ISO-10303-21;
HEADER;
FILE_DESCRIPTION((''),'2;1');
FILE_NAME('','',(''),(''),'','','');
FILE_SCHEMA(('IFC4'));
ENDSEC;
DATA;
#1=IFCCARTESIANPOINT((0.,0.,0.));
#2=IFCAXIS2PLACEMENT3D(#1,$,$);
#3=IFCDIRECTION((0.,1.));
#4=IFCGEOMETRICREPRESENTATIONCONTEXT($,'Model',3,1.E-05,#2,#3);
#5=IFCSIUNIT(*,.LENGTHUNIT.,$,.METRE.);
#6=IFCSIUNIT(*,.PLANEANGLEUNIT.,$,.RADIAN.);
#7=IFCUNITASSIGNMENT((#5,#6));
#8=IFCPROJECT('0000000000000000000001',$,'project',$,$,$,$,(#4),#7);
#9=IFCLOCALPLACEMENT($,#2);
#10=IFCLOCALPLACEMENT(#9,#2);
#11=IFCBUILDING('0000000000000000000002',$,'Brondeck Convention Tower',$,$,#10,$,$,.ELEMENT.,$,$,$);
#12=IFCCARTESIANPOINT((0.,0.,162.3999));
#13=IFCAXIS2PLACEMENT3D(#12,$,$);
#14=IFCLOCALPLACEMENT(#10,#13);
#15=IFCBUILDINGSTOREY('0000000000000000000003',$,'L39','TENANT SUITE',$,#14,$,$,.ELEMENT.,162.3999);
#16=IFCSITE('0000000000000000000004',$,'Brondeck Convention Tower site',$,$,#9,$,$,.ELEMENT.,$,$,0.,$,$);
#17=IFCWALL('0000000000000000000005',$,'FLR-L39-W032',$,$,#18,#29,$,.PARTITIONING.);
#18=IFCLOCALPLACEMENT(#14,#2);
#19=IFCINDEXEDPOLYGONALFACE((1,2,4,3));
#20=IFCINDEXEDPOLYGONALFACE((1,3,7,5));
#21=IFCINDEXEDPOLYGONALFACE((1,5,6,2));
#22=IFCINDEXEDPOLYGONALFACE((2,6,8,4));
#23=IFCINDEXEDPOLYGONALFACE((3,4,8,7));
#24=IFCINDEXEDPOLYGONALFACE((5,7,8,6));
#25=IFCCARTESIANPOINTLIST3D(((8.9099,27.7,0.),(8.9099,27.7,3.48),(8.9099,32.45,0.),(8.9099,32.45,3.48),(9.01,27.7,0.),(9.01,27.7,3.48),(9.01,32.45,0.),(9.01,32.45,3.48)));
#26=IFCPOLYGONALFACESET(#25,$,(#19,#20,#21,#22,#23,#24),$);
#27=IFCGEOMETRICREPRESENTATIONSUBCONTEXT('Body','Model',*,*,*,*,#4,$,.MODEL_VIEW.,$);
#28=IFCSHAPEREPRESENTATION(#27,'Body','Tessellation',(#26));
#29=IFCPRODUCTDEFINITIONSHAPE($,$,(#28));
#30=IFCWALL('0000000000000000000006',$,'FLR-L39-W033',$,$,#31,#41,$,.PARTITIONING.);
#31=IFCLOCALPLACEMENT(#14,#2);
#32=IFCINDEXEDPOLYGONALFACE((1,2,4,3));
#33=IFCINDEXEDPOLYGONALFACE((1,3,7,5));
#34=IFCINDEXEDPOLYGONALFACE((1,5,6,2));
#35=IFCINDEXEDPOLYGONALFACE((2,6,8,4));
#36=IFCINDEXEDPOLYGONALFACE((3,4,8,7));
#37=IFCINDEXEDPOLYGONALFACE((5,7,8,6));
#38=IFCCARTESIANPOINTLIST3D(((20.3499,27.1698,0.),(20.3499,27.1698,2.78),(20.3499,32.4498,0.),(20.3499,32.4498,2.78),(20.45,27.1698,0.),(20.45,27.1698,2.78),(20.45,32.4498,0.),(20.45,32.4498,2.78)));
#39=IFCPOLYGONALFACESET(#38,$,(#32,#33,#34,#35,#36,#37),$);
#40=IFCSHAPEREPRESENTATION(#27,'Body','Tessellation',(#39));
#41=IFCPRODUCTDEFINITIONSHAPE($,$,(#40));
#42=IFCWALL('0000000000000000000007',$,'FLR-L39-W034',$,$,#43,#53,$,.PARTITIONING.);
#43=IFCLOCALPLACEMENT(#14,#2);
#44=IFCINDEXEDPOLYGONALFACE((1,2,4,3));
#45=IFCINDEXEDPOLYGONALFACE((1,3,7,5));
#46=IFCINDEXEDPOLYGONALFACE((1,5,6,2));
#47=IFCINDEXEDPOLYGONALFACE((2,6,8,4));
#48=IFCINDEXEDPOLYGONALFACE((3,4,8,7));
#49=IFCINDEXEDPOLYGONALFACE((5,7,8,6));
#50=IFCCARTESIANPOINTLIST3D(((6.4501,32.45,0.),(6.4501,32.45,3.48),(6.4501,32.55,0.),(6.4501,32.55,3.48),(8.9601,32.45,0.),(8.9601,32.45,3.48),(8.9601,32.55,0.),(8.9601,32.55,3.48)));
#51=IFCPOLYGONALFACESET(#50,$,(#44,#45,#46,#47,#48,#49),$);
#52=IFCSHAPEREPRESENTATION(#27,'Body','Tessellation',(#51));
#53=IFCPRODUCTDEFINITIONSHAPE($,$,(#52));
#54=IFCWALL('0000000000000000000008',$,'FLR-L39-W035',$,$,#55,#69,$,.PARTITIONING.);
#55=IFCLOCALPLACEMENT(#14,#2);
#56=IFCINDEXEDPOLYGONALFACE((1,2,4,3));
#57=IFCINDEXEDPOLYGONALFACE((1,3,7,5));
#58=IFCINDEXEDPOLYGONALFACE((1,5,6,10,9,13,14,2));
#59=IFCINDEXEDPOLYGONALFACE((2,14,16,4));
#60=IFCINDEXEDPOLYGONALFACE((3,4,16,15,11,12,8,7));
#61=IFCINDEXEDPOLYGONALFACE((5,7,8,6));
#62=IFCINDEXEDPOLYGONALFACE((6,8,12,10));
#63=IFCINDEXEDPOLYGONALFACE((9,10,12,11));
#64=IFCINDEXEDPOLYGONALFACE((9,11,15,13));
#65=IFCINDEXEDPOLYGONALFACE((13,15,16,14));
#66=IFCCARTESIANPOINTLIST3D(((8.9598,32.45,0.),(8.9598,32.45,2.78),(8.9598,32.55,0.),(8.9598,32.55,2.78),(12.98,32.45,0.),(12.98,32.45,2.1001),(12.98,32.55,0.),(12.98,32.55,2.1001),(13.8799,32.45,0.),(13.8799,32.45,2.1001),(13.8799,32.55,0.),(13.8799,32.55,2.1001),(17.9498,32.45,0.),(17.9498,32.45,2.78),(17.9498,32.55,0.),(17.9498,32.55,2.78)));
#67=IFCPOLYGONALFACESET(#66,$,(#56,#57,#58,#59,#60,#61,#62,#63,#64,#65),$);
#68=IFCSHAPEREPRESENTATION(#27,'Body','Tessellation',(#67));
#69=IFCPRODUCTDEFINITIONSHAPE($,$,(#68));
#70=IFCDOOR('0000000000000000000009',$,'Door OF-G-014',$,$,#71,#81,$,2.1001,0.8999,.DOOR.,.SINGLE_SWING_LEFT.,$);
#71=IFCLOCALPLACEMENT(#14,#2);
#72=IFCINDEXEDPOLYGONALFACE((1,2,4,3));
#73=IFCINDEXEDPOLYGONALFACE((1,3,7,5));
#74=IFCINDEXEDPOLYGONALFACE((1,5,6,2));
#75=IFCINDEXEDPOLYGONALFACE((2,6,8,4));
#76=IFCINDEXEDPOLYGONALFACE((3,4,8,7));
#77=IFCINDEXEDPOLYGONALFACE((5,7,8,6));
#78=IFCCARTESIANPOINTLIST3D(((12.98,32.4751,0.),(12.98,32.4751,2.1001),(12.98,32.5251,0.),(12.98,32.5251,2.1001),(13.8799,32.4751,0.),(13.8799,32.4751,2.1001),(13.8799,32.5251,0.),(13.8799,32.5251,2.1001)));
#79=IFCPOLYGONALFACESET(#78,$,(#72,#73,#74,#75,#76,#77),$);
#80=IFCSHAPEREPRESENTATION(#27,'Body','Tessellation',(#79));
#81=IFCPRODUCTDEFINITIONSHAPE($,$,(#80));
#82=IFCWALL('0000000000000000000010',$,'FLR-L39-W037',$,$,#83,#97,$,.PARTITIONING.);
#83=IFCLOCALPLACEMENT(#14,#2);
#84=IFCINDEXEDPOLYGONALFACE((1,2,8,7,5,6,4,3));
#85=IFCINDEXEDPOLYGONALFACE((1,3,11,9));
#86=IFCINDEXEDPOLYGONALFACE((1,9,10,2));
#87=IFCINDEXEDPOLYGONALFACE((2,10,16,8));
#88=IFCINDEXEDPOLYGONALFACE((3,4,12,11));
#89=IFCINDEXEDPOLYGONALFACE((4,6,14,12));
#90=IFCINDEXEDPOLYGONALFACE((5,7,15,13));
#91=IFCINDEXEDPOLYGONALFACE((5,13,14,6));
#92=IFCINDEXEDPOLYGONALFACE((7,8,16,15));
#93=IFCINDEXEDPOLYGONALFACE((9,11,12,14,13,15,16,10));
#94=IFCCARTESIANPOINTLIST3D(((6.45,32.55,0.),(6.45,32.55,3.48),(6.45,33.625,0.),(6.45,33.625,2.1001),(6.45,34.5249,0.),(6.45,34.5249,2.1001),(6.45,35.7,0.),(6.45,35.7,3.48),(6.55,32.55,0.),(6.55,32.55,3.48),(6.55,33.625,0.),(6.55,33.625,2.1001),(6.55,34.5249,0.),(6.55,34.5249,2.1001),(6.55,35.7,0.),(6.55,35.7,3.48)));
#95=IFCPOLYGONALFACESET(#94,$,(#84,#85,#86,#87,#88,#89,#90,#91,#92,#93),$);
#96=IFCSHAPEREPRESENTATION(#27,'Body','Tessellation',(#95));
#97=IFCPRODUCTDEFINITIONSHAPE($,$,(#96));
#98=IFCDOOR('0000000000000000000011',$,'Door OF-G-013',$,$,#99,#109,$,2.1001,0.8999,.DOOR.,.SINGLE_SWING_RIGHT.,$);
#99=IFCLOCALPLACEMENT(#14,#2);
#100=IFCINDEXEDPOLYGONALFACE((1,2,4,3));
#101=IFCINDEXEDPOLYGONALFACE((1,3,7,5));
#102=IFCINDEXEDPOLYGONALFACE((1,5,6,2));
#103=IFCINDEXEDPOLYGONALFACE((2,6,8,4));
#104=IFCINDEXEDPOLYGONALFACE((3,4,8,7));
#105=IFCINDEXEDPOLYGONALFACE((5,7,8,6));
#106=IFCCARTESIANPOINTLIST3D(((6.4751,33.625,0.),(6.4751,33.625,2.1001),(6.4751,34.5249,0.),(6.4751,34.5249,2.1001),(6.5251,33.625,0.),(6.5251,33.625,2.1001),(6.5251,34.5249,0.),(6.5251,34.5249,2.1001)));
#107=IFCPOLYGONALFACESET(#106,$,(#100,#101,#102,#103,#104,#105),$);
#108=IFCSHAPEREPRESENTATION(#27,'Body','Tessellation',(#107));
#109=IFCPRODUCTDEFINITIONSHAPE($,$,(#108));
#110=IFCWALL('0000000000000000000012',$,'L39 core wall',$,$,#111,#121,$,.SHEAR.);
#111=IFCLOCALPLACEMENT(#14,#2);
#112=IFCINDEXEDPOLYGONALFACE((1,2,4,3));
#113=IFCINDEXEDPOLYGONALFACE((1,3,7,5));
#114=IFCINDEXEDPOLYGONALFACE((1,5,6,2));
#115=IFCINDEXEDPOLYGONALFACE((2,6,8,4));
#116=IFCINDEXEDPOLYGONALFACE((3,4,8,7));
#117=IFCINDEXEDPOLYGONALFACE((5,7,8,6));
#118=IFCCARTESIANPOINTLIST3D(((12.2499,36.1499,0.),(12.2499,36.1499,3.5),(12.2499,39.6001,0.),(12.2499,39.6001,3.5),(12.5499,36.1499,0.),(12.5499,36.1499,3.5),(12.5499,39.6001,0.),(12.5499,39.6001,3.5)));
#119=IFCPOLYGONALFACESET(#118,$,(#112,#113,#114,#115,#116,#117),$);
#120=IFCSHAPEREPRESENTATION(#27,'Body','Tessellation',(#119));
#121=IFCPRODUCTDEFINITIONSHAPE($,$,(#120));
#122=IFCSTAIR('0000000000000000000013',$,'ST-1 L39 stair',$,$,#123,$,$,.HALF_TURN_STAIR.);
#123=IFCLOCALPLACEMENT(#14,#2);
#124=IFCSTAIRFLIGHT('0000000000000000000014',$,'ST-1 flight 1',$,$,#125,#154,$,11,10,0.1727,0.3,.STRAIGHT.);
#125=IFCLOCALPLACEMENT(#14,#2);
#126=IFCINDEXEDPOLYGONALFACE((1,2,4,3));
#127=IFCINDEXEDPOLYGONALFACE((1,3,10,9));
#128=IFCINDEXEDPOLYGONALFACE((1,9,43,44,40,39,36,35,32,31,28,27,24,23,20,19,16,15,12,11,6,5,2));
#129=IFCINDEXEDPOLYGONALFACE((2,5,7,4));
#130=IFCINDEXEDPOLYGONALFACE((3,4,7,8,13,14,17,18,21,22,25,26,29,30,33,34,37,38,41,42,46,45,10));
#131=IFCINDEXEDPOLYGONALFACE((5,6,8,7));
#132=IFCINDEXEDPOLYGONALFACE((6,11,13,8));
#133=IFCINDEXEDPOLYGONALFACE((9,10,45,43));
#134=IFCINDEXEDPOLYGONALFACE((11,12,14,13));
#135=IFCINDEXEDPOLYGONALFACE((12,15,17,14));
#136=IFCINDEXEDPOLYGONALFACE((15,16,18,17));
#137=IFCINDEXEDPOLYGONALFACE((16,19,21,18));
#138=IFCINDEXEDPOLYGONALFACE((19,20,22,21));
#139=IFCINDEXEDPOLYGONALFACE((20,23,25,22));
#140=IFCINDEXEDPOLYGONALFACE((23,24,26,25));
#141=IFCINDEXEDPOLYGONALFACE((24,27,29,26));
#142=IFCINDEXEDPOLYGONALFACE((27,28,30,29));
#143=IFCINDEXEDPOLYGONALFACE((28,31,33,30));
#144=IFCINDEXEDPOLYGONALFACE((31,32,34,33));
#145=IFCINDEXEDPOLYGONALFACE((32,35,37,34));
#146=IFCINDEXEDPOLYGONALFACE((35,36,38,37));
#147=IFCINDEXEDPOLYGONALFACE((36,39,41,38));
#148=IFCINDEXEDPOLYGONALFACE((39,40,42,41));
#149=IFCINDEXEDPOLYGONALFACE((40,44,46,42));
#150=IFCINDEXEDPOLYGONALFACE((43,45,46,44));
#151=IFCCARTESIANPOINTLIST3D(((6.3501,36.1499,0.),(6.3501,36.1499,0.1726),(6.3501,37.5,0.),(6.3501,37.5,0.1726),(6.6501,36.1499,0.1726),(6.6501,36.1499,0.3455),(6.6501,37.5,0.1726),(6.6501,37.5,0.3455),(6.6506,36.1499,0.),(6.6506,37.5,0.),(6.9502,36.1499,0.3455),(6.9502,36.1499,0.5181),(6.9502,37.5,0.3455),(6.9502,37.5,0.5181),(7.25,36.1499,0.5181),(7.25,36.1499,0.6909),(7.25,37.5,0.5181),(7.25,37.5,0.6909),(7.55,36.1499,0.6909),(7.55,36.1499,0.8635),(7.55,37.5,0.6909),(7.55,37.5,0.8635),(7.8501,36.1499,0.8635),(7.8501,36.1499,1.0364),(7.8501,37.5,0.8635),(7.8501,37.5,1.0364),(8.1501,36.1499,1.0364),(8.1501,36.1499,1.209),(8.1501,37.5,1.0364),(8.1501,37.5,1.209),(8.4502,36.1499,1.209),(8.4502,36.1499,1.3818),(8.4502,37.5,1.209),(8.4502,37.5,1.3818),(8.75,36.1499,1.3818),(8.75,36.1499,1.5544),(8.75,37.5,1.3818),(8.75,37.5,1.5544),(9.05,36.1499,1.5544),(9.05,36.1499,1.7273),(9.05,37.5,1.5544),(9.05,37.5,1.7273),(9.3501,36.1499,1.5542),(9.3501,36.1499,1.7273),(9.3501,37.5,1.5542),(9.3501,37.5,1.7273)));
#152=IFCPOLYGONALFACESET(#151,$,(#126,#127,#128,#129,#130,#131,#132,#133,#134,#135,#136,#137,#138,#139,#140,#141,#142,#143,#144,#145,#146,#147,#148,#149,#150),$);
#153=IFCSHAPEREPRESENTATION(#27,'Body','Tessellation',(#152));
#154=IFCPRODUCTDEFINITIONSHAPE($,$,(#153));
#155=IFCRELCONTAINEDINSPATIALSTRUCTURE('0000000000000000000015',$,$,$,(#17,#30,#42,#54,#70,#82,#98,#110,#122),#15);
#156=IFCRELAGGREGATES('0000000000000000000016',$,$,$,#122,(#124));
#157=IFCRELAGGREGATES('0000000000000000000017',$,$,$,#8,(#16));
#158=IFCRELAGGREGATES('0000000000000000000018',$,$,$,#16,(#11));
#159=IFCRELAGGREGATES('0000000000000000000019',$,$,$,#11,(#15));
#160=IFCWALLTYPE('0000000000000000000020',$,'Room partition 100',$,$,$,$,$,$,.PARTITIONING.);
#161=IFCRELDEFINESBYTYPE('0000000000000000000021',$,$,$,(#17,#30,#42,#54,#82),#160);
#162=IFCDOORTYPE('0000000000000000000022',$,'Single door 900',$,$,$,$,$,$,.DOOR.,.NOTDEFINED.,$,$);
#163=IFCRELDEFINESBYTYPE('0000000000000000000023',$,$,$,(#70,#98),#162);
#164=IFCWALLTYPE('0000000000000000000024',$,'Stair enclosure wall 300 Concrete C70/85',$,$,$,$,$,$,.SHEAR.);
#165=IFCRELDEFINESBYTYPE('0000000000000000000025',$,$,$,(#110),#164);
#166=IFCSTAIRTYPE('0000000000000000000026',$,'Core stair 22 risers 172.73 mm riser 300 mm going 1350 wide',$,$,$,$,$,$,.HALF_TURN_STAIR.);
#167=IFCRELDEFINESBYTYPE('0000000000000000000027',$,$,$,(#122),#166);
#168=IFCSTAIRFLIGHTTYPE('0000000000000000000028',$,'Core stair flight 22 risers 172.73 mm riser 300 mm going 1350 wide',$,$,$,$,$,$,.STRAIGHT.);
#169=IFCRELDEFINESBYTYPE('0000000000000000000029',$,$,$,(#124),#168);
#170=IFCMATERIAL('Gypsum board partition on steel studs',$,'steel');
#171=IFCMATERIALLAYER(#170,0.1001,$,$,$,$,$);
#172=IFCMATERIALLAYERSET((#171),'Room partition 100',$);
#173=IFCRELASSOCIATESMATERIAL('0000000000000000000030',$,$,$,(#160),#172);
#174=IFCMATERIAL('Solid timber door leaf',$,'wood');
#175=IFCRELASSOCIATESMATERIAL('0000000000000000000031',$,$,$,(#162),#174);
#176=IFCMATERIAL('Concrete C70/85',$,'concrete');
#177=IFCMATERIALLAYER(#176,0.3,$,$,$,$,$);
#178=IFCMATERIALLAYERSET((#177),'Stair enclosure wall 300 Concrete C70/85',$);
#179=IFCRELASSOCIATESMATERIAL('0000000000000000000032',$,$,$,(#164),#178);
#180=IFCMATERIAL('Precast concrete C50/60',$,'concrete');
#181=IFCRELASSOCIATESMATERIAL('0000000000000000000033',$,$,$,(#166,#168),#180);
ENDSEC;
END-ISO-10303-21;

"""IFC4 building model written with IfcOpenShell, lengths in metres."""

from ifc_helpers import new_model, si_unit, direction, frame, frame_2d, origin, place, context, subcontext, project, spatial, polyline, rectangle, outline, extrude, material, layer, layer_set, type_object, element, fill, aggregate, save


model = new_model("IFC4")

# Units and contexts
model_context = context("Model", 3, precision=1e-05, world=origin(), true_north=direction((0.0, 1.0)))
body_context = subcontext(model_context, "Body", "Model", "MODEL_VIEW")
ifc_project = project(units=[si_unit("LENGTHUNIT", "METRE"), si_unit("PLANEANGLEUNIT", "RADIAN")], contexts=[model_context])

# Site, building, storey
site_placement = place(None, origin())
site = spatial("IfcSite", under=ifc_project, at=site_placement, Name="Brondeck Convention Tower site", CompositionType="ELEMENT", RefElevation=0.0)
building_placement = place(site_placement, origin())
building = spatial("IfcBuilding", under=site, at=building_placement, Name="Brondeck Convention Tower", CompositionType="ELEMENT")
storey_placement = place(building_placement, frame((0.0, 0.0, 162.3999)))
storey = spatial("IfcBuildingStorey", under=building, at=storey_placement, Name="L39", Description="TENANT SUITE", CompositionType="ELEMENT", Elevation=162.3999)

# Shared definitions
ifc_material_1 = material(Name="Concrete C70/85", Category="concrete")

# Walls
ifc_material_2 = material(Name="Gypsum board partition on steel studs", Category="steel")
ifc_layer_1 = layer(ifc_material_2, 0.1001)
ifc_layer_set_1 = layer_set([ifc_layer_1], Name="Room partition 100")
wall_type_1 = type_object("IfcWallType", Name="Room partition 100", PredefinedType="PARTITIONING", material=ifc_layer_set_1)
wall_1_placement = place(storey_placement, frame((8.96, 32.45, 0.0), z_axis=(0.0, 0.0, 1.0), x_axis=(0.0, -1.0, 0.0)))
element("IfcWall", 1, at=wall_1_placement, inside=storey, type_object=wall_type_1, Name="FLR-L39-W032", PredefinedType="PARTITIONING", context=body_context, shape_type="SweptSolid", body=[
    extrude(rectangle(XDim=4.75, YDim=0.1001, at=frame_2d((2.375, 0.0))), origin(), (0.0, 0.0, 1.0), 3.48),
])
wall_2_placement = place(storey_placement, frame((20.3999, 32.45, 0.0), z_axis=(0.0, 0.0, 1.0), x_axis=(0.0, -1.0, 0.0)))
element("IfcWall", 2, at=wall_2_placement, inside=storey, type_object=wall_type_1, Name="FLR-L39-W033", PredefinedType="PARTITIONING", context=body_context, shape_type="SweptSolid", body=[
    extrude(rectangle(XDim=5.28, YDim=0.1001, at=frame_2d((2.6401, 0.0))), origin(), (0.0, 0.0, 1.0), 2.78),
])
wall_3_placement = place(storey_placement, frame((8.96, 32.5, 0.0), z_axis=(0.0, 0.0, 1.0), x_axis=(-1.0, 0.0, 0.0)))
element("IfcWall", 3, at=wall_3_placement, inside=storey, type_object=wall_type_1, Name="FLR-L39-W034", PredefinedType="PARTITIONING", context=body_context, shape_type="SweptSolid", body=[
    extrude(rectangle(XDim=2.51, YDim=0.1001, at=frame_2d((1.2549, 0.0))), origin(), (0.0, 0.0, 1.0), 3.48),
])

# Walls, openings, doors
wall_4_placement = place(storey_placement, frame((17.95, 32.5, 0.0), z_axis=(0.0, 0.0, 1.0), x_axis=(-1.0, 0.0, 0.0)))
wall_4 = element("IfcWall", 4, at=wall_4_placement, inside=storey, type_object=wall_type_1, Name="FLR-L39-W035", PredefinedType="PARTITIONING", context=body_context, shape_type="SweptSolid", body=[
    extrude(rectangle(XDim=8.99, YDim=0.1001, at=frame_2d((4.4951, 0.0))), origin(), (0.0, 0.0, 1.0), 2.78),
])
opening_1_placement = place(wall_4_placement, frame((4.0701, 0.0, 0.0)))
opening_1 = element("IfcOpeningElement", 5, at=opening_1_placement, cuts=wall_4, PredefinedType="OPENING", context=body_context, shape_type="SweptSolid", body=[
    extrude(rectangle(XDim=0.8999, YDim=2.1001, at=frame_2d((0.45, 1.05))), frame((0.0, 0.0601, 0.0), z_axis=(0.0, -1.0, 0.0), x_axis=(1.0, 0.0, 0.0)), (0.0, 0.0, 1.0), 0.1201),
])
ifc_material_3 = material(Name="Solid timber door leaf", Category="wood")
door_type_1 = type_object("IfcDoorType", Name="Single door 900", OperationType="NOTDEFINED", PredefinedType="DOOR", material=ifc_material_3)
door_1_placement = place(opening_1_placement, origin())
door_1 = element("IfcDoor", 6, at=door_1_placement, inside=storey, type_object=door_type_1, Name="Door OF-G-014", OperationType="SINGLE_SWING_LEFT", OverallHeight=2.1001, OverallWidth=0.8999, PredefinedType="DOOR", context=body_context, shape_type="SweptSolid", body=[
    extrude(rectangle(XDim=0.8999, YDim=2.1001, at=frame_2d((0.45, 1.05))), frame((0.0, 0.0249, 0.0), z_axis=(0.0, -1.0, 0.0), x_axis=(1.0, 0.0, 0.0)), (0.0, 0.0, 1.0), 0.05),
])
fill(opening_1, door_1)
wall_5_placement = place(storey_placement, frame((6.5, 32.55, 0.0), z_axis=(0.0, 0.0, 1.0), x_axis=(0.0, 1.0, 0.0)))
wall_5 = element("IfcWall", 7, at=wall_5_placement, inside=storey, type_object=wall_type_1, Name="FLR-L39-W037", PredefinedType="PARTITIONING", context=body_context, shape_type="SweptSolid", body=[
    extrude(rectangle(XDim=3.1499, YDim=0.1001, at=frame_2d((1.575, 0.0))), origin(), (0.0, 0.0, 1.0), 3.48),
])
opening_2_placement = place(wall_5_placement, frame((1.075, 0.0, 0.0)))
opening_2 = element("IfcOpeningElement", 8, at=opening_2_placement, cuts=wall_5, PredefinedType="OPENING", context=body_context, shape_type="SweptSolid", body=[
    extrude(rectangle(XDim=0.8999, YDim=2.1001, at=frame_2d((0.45, 1.05))), frame((0.0, 0.0601, 0.0), z_axis=(0.0, -1.0, 0.0), x_axis=(1.0, 0.0, 0.0)), (0.0, 0.0, 1.0), 0.1201),
])
door_2_placement = place(opening_2_placement, origin())
door_2 = element("IfcDoor", 9, at=door_2_placement, inside=storey, type_object=door_type_1, Name="Door OF-G-013", OperationType="SINGLE_SWING_RIGHT", OverallHeight=2.1001, OverallWidth=0.8999, PredefinedType="DOOR", context=body_context, shape_type="SweptSolid", body=[
    extrude(rectangle(XDim=0.8999, YDim=2.1001, at=frame_2d((0.45, 1.05))), frame((0.0, 0.0249, 0.0), z_axis=(0.0, -1.0, 0.0), x_axis=(1.0, 0.0, 0.0)), (0.0, 0.0, 1.0), 0.05),
])
fill(opening_2, door_2)

# Wall
ifc_layer_2 = layer(ifc_material_1, 0.3)
ifc_layer_set_2 = layer_set([ifc_layer_2], Name="Stair enclosure wall 300 Concrete C70/85")
wall_type_2 = type_object("IfcWallType", Name="Stair enclosure wall 300 Concrete C70/85", PredefinedType="SHEAR", material=ifc_layer_set_2)
wall_6_placement = place(storey_placement, frame((12.3999, 36.1499, 0.0), z_axis=(0.0, 0.0, 1.0), x_axis=(0.0, 1.0, 0.0)))
element("IfcWall", 10, at=wall_6_placement, inside=storey, type_object=wall_type_2, Name="L39 core wall", PredefinedType="SHEAR", context=body_context, shape_type="SweptSolid", body=[
    extrude(rectangle(XDim=3.4502, YDim=0.3, at=frame_2d((1.7251, 0.0))), origin(), (0.0, 0.0, 1.0), 3.5),
])

# Stair, stair flight
ifc_material_4 = material(Name="Precast concrete C50/60", Category="concrete")
stair_type = type_object("IfcStairType", Name="Core stair 22 risers 172.73 mm riser 300 mm going 1350 wide", PredefinedType="HALF_TURN_STAIR", material=ifc_material_4)
stair_placement = place(storey_placement, origin())
stair = element("IfcStair", 11, at=stair_placement, inside=storey, type_object=stair_type, Name="ST-1 L39 stair", PredefinedType="HALF_TURN_STAIR")
stair_flight_type = type_object("IfcStairFlightType", Name="Core stair flight 22 risers 172.73 mm riser 300 mm going 1350 wide", PredefinedType="STRAIGHT", material=ifc_material_4)
stair_flight_1_placement = place(storey_placement, frame((6.3501, 36.825, 0.0), z_axis=(0.0, 0.0, 1.0), x_axis=(1.0, 0.0, 0.0)))
stair_flight_1 = element("IfcStairFlight", 12, at=stair_flight_1_placement, type_object=stair_flight_type, Name="ST-1 flight 1", NumberOfRisers=11, NumberOfTreads=10, PredefinedType="STRAIGHT", RiserHeight=0.1727, TreadLength=0.3, context=body_context, shape_type="SweptSolid", body=[
    extrude(outline(polyline([(0.0, 0.0), (0.0, 0.1726), (0.3, 0.1726), (0.3, 0.3455), (0.6001, 0.3455), (0.6001, 0.5181), (0.8999, 0.5181), (0.8999, 0.6909), (1.2, 0.6909), (1.2, 0.8635), (1.5, 0.8635), (1.5, 1.0364), (1.8, 1.0364), (1.8, 1.209), (2.1001, 1.209), (2.1001, 1.3818), (2.3999, 1.3818), (2.3999, 1.5544), (2.7, 1.5544), (2.7, 1.7273), (3.0, 1.7273), (3.0, 1.8999), (3.0, 1.5542), (0.3005, 0.0), (0.0, 0.0)])), frame((0.0, 0.675, 0.0), z_axis=(0.0, -1.0, 0.0), x_axis=(1.0, 0.0, 0.0)), (0.0, 0.0, 1.0), 1.3501),
])
aggregate(stair, [stair_flight_1])

save(model, "model.ifc")
